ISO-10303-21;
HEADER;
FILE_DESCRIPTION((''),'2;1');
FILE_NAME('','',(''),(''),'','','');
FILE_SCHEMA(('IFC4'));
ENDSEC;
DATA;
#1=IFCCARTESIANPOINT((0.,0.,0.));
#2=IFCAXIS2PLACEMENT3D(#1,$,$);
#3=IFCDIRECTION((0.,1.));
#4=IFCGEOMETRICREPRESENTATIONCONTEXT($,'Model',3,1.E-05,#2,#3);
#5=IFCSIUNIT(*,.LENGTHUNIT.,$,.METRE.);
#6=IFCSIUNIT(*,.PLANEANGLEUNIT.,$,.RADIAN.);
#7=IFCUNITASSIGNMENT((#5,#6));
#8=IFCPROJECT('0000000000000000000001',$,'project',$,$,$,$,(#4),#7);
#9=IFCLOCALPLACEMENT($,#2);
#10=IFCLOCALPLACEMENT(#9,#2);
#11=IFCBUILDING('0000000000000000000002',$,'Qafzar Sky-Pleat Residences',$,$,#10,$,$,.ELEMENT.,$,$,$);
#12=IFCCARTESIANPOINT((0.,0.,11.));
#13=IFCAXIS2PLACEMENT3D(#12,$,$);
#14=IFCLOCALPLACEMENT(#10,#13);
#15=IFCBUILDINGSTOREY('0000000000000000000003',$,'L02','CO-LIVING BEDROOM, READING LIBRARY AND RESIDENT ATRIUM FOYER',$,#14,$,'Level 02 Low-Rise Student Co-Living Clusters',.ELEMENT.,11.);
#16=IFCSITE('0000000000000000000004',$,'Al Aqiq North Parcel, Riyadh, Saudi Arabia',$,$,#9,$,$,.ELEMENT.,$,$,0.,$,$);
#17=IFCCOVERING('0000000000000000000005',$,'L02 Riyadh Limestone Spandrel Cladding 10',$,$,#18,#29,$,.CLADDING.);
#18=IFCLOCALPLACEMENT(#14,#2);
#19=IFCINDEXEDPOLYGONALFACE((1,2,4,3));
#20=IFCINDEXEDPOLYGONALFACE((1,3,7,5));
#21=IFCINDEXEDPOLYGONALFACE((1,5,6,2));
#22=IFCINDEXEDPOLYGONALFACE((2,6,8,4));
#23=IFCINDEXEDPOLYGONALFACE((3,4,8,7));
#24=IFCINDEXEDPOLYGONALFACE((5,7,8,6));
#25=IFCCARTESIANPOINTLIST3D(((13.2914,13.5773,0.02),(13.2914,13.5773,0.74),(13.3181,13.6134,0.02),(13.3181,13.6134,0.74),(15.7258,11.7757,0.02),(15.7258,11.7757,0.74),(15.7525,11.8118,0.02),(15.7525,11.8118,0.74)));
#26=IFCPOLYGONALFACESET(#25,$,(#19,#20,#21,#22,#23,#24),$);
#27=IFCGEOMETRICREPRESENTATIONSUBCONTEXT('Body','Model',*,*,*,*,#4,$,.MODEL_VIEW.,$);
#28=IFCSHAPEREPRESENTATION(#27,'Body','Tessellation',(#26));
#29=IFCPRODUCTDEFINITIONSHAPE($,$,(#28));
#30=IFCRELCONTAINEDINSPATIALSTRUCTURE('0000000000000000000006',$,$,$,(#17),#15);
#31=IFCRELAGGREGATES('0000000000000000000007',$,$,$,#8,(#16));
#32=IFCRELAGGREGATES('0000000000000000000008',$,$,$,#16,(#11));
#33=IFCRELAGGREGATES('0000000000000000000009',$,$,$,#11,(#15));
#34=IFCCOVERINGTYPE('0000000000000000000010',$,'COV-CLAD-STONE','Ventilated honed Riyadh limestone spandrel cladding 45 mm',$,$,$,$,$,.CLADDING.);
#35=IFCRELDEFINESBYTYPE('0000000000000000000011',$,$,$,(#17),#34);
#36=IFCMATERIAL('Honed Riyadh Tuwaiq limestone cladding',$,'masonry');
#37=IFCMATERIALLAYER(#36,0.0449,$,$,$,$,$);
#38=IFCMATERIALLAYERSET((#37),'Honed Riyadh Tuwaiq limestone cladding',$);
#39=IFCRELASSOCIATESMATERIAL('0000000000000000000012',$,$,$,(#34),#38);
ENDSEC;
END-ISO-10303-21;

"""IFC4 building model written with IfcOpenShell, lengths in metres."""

from ifc_helpers import new_model, si_unit, direction, frame, origin, origin_2d, place, context, subcontext, project, spatial, rectangle, extrude, source, transform, mapped, material, layer, layer_set, type_object, element, save


model = new_model("IFC4")

# Units and contexts
model_context = context("Model", 3, precision=1e-05, world=origin(), true_north=direction((0.0, 1.0)))
body_context = subcontext(model_context, "Body", "Model", "MODEL_VIEW")
ifc_project = project(units=[si_unit("LENGTHUNIT", "METRE"), si_unit("PLANEANGLEUNIT", "RADIAN")], contexts=[model_context])

# Site, building, storey
site_placement = place(None, origin())
site = spatial("IfcSite", under=ifc_project, at=site_placement, Name="Al Aqiq North Parcel, Riyadh, Saudi Arabia", CompositionType="ELEMENT", RefElevation=0.0)
building_placement = place(site_placement, origin())
building = spatial("IfcBuilding", under=site, at=building_placement, Name="Qafzar Sky-Pleat Residences", CompositionType="ELEMENT")
storey_placement = place(building_placement, frame((0.0, 0.0, 11.0)))
storey = spatial("IfcBuildingStorey", under=building, at=storey_placement, Name="L02", Description="CO-LIVING BEDROOM, READING LIBRARY AND RESIDENT ATRIUM FOYER", LongName="Level 02 Low-Rise Student Co-Living Clusters", CompositionType="ELEMENT", Elevation=11.0)

# Covering
ifc_material_1 = material(Name="Honed Riyadh Tuwaiq limestone cladding", Category="masonry")
ifc_layer_1 = layer(ifc_material_1, 0.0449)
ifc_layer_set_1 = layer_set([ifc_layer_1], Name="Honed Riyadh Tuwaiq limestone cladding")
covering_type_1 = type_object("IfcCoveringType", Name="COV-CLAD-STONE", Description="Ventilated honed Riyadh limestone spandrel cladding 45 mm", PredefinedType="CLADDING", material=ifc_layer_set_1)
shared_shape_1 = source(origin(), body_context, "Body", "SweptSolid", [
    extrude(rectangle(XDim=3.0286, YDim=0.0449, at=origin_2d()), origin(), (0.0, 0.0, 1.0), 0.72),
])
covering_1_placement = place(storey_placement, frame((14.522, 12.6946, 0.02), z_axis=(0.0, 0.0, 1.0), x_axis=(0.803817, -0.594876, 0.0)))
element("IfcCovering", 1, at=covering_1_placement, inside=storey, type_object=covering_type_1, Name="L02 Riyadh Limestone Spandrel Cladding 10", PredefinedType="CLADDING", context=body_context, shape_type="MappedRepresentation", body=[
    mapped(shared_shape_1, transform((0.0, 0.0, 0.0), x_axis=(1.0, 0.0, 0.0), y_axis=(0.0, 1.0, 0.0), z_axis=(0.0, 0.0, 1.0), scale=1.0)),
])

save(model, "model.ifc")
